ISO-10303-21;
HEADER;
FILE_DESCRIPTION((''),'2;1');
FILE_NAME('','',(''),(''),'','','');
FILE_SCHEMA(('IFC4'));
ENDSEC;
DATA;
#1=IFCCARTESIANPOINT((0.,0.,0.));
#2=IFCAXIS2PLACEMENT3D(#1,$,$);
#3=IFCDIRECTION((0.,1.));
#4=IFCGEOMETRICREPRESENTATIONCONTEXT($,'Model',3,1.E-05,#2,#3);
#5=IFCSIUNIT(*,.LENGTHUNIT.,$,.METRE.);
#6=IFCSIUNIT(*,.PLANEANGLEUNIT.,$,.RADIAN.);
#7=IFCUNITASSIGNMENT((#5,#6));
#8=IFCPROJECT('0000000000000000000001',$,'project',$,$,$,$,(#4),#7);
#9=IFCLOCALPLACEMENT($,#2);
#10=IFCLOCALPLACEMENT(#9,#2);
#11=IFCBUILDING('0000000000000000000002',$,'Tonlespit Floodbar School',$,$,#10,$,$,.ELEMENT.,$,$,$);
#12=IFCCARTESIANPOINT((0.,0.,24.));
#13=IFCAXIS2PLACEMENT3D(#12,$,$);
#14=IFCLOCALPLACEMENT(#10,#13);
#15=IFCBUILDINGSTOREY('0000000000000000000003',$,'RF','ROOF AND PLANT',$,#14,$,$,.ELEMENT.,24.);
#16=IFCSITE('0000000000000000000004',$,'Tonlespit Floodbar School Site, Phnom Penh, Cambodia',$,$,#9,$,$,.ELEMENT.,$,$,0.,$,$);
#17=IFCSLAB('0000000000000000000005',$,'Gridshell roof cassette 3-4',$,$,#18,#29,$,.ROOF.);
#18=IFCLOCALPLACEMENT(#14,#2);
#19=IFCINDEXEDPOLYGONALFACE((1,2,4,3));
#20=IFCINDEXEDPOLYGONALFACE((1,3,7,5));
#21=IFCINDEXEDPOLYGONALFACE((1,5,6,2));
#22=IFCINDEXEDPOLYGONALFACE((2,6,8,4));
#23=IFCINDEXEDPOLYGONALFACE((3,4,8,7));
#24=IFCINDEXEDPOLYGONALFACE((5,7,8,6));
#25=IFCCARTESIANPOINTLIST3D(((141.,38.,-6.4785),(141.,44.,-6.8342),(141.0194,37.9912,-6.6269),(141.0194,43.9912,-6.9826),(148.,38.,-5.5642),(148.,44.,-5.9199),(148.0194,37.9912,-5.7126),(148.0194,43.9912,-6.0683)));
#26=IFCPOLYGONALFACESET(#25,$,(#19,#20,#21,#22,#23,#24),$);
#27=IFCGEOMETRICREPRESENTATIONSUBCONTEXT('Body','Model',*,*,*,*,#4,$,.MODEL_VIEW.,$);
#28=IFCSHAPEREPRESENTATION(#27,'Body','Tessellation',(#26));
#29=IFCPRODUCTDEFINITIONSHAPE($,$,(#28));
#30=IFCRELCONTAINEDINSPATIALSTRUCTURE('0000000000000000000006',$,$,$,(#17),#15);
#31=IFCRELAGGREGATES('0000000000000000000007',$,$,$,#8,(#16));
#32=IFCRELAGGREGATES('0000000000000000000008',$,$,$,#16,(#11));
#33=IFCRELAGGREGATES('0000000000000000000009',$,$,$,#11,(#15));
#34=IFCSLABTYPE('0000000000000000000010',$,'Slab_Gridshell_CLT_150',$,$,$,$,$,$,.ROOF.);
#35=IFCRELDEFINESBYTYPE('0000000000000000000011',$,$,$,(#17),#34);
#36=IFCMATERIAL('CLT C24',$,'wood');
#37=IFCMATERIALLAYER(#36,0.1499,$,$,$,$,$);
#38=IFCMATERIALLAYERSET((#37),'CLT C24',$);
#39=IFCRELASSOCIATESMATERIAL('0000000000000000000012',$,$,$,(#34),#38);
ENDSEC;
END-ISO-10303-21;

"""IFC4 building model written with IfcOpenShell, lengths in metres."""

from ifc_helpers import new_model, si_unit, direction, frame, origin, place, context, subcontext, project, spatial, polyline, outline, extrude, material, layer, layer_set, type_object, element, save


model = new_model("IFC4")

# Units and contexts
model_context = context("Model", 3, precision=1e-05, world=origin(), true_north=direction((0.0, 1.0)))
body_context = subcontext(model_context, "Body", "Model", "MODEL_VIEW")
ifc_project = project(units=[si_unit("LENGTHUNIT", "METRE"), si_unit("PLANEANGLEUNIT", "RADIAN")], contexts=[model_context])

# Site, building, storey
site_placement = place(None, origin())
site = spatial("IfcSite", under=ifc_project, at=site_placement, Name="Tonlespit Floodbar School Site, Phnom Penh, Cambodia", CompositionType="ELEMENT", RefElevation=0.0)
building_placement = place(site_placement, origin())
building = spatial("IfcBuilding", under=site, at=building_placement, Name="Tonlespit Floodbar School", CompositionType="ELEMENT")
storey_placement = place(building_placement, frame((0.0, 0.0, 24.0)))
storey = spatial("IfcBuildingStorey", under=building, at=storey_placement, Name="RF", Description="ROOF AND PLANT", CompositionType="ELEMENT", Elevation=24.0)

# Slab
ifc_material_1 = material(Name="CLT C24", Category="wood")
ifc_layer_1 = layer(ifc_material_1, 0.1499)
ifc_layer_set_1 = layer_set([ifc_layer_1], Name="CLT C24")
slab_type = type_object("IfcSlabType", Name="Slab_Gridshell_CLT_150", PredefinedType="ROOF", material=ifc_layer_set_1)
slab_1_placement = place(storey_placement, frame((141.0, 38.0, -6.4785), z_axis=(-0.129292, 0.058685, 0.989869), x_axis=(0.991577, 0.0, 0.129515)))
element("IfcSlab", 1, at=slab_1_placement, inside=storey, type_object=slab_type, Name="Gridshell roof cassette 3-4", PredefinedType="ROOF", context=body_context, shape_type="SweptSolid", body=[
    extrude(outline(polyline([(0.0, 0.0), (7.0595, 0.0), (7.0134, 6.0104), (-0.0461, 6.0104), (0.0, 0.0)])), origin(), (0.0, 0.0, -1.0), 0.1499),
])

save(model, "model.ifc")
